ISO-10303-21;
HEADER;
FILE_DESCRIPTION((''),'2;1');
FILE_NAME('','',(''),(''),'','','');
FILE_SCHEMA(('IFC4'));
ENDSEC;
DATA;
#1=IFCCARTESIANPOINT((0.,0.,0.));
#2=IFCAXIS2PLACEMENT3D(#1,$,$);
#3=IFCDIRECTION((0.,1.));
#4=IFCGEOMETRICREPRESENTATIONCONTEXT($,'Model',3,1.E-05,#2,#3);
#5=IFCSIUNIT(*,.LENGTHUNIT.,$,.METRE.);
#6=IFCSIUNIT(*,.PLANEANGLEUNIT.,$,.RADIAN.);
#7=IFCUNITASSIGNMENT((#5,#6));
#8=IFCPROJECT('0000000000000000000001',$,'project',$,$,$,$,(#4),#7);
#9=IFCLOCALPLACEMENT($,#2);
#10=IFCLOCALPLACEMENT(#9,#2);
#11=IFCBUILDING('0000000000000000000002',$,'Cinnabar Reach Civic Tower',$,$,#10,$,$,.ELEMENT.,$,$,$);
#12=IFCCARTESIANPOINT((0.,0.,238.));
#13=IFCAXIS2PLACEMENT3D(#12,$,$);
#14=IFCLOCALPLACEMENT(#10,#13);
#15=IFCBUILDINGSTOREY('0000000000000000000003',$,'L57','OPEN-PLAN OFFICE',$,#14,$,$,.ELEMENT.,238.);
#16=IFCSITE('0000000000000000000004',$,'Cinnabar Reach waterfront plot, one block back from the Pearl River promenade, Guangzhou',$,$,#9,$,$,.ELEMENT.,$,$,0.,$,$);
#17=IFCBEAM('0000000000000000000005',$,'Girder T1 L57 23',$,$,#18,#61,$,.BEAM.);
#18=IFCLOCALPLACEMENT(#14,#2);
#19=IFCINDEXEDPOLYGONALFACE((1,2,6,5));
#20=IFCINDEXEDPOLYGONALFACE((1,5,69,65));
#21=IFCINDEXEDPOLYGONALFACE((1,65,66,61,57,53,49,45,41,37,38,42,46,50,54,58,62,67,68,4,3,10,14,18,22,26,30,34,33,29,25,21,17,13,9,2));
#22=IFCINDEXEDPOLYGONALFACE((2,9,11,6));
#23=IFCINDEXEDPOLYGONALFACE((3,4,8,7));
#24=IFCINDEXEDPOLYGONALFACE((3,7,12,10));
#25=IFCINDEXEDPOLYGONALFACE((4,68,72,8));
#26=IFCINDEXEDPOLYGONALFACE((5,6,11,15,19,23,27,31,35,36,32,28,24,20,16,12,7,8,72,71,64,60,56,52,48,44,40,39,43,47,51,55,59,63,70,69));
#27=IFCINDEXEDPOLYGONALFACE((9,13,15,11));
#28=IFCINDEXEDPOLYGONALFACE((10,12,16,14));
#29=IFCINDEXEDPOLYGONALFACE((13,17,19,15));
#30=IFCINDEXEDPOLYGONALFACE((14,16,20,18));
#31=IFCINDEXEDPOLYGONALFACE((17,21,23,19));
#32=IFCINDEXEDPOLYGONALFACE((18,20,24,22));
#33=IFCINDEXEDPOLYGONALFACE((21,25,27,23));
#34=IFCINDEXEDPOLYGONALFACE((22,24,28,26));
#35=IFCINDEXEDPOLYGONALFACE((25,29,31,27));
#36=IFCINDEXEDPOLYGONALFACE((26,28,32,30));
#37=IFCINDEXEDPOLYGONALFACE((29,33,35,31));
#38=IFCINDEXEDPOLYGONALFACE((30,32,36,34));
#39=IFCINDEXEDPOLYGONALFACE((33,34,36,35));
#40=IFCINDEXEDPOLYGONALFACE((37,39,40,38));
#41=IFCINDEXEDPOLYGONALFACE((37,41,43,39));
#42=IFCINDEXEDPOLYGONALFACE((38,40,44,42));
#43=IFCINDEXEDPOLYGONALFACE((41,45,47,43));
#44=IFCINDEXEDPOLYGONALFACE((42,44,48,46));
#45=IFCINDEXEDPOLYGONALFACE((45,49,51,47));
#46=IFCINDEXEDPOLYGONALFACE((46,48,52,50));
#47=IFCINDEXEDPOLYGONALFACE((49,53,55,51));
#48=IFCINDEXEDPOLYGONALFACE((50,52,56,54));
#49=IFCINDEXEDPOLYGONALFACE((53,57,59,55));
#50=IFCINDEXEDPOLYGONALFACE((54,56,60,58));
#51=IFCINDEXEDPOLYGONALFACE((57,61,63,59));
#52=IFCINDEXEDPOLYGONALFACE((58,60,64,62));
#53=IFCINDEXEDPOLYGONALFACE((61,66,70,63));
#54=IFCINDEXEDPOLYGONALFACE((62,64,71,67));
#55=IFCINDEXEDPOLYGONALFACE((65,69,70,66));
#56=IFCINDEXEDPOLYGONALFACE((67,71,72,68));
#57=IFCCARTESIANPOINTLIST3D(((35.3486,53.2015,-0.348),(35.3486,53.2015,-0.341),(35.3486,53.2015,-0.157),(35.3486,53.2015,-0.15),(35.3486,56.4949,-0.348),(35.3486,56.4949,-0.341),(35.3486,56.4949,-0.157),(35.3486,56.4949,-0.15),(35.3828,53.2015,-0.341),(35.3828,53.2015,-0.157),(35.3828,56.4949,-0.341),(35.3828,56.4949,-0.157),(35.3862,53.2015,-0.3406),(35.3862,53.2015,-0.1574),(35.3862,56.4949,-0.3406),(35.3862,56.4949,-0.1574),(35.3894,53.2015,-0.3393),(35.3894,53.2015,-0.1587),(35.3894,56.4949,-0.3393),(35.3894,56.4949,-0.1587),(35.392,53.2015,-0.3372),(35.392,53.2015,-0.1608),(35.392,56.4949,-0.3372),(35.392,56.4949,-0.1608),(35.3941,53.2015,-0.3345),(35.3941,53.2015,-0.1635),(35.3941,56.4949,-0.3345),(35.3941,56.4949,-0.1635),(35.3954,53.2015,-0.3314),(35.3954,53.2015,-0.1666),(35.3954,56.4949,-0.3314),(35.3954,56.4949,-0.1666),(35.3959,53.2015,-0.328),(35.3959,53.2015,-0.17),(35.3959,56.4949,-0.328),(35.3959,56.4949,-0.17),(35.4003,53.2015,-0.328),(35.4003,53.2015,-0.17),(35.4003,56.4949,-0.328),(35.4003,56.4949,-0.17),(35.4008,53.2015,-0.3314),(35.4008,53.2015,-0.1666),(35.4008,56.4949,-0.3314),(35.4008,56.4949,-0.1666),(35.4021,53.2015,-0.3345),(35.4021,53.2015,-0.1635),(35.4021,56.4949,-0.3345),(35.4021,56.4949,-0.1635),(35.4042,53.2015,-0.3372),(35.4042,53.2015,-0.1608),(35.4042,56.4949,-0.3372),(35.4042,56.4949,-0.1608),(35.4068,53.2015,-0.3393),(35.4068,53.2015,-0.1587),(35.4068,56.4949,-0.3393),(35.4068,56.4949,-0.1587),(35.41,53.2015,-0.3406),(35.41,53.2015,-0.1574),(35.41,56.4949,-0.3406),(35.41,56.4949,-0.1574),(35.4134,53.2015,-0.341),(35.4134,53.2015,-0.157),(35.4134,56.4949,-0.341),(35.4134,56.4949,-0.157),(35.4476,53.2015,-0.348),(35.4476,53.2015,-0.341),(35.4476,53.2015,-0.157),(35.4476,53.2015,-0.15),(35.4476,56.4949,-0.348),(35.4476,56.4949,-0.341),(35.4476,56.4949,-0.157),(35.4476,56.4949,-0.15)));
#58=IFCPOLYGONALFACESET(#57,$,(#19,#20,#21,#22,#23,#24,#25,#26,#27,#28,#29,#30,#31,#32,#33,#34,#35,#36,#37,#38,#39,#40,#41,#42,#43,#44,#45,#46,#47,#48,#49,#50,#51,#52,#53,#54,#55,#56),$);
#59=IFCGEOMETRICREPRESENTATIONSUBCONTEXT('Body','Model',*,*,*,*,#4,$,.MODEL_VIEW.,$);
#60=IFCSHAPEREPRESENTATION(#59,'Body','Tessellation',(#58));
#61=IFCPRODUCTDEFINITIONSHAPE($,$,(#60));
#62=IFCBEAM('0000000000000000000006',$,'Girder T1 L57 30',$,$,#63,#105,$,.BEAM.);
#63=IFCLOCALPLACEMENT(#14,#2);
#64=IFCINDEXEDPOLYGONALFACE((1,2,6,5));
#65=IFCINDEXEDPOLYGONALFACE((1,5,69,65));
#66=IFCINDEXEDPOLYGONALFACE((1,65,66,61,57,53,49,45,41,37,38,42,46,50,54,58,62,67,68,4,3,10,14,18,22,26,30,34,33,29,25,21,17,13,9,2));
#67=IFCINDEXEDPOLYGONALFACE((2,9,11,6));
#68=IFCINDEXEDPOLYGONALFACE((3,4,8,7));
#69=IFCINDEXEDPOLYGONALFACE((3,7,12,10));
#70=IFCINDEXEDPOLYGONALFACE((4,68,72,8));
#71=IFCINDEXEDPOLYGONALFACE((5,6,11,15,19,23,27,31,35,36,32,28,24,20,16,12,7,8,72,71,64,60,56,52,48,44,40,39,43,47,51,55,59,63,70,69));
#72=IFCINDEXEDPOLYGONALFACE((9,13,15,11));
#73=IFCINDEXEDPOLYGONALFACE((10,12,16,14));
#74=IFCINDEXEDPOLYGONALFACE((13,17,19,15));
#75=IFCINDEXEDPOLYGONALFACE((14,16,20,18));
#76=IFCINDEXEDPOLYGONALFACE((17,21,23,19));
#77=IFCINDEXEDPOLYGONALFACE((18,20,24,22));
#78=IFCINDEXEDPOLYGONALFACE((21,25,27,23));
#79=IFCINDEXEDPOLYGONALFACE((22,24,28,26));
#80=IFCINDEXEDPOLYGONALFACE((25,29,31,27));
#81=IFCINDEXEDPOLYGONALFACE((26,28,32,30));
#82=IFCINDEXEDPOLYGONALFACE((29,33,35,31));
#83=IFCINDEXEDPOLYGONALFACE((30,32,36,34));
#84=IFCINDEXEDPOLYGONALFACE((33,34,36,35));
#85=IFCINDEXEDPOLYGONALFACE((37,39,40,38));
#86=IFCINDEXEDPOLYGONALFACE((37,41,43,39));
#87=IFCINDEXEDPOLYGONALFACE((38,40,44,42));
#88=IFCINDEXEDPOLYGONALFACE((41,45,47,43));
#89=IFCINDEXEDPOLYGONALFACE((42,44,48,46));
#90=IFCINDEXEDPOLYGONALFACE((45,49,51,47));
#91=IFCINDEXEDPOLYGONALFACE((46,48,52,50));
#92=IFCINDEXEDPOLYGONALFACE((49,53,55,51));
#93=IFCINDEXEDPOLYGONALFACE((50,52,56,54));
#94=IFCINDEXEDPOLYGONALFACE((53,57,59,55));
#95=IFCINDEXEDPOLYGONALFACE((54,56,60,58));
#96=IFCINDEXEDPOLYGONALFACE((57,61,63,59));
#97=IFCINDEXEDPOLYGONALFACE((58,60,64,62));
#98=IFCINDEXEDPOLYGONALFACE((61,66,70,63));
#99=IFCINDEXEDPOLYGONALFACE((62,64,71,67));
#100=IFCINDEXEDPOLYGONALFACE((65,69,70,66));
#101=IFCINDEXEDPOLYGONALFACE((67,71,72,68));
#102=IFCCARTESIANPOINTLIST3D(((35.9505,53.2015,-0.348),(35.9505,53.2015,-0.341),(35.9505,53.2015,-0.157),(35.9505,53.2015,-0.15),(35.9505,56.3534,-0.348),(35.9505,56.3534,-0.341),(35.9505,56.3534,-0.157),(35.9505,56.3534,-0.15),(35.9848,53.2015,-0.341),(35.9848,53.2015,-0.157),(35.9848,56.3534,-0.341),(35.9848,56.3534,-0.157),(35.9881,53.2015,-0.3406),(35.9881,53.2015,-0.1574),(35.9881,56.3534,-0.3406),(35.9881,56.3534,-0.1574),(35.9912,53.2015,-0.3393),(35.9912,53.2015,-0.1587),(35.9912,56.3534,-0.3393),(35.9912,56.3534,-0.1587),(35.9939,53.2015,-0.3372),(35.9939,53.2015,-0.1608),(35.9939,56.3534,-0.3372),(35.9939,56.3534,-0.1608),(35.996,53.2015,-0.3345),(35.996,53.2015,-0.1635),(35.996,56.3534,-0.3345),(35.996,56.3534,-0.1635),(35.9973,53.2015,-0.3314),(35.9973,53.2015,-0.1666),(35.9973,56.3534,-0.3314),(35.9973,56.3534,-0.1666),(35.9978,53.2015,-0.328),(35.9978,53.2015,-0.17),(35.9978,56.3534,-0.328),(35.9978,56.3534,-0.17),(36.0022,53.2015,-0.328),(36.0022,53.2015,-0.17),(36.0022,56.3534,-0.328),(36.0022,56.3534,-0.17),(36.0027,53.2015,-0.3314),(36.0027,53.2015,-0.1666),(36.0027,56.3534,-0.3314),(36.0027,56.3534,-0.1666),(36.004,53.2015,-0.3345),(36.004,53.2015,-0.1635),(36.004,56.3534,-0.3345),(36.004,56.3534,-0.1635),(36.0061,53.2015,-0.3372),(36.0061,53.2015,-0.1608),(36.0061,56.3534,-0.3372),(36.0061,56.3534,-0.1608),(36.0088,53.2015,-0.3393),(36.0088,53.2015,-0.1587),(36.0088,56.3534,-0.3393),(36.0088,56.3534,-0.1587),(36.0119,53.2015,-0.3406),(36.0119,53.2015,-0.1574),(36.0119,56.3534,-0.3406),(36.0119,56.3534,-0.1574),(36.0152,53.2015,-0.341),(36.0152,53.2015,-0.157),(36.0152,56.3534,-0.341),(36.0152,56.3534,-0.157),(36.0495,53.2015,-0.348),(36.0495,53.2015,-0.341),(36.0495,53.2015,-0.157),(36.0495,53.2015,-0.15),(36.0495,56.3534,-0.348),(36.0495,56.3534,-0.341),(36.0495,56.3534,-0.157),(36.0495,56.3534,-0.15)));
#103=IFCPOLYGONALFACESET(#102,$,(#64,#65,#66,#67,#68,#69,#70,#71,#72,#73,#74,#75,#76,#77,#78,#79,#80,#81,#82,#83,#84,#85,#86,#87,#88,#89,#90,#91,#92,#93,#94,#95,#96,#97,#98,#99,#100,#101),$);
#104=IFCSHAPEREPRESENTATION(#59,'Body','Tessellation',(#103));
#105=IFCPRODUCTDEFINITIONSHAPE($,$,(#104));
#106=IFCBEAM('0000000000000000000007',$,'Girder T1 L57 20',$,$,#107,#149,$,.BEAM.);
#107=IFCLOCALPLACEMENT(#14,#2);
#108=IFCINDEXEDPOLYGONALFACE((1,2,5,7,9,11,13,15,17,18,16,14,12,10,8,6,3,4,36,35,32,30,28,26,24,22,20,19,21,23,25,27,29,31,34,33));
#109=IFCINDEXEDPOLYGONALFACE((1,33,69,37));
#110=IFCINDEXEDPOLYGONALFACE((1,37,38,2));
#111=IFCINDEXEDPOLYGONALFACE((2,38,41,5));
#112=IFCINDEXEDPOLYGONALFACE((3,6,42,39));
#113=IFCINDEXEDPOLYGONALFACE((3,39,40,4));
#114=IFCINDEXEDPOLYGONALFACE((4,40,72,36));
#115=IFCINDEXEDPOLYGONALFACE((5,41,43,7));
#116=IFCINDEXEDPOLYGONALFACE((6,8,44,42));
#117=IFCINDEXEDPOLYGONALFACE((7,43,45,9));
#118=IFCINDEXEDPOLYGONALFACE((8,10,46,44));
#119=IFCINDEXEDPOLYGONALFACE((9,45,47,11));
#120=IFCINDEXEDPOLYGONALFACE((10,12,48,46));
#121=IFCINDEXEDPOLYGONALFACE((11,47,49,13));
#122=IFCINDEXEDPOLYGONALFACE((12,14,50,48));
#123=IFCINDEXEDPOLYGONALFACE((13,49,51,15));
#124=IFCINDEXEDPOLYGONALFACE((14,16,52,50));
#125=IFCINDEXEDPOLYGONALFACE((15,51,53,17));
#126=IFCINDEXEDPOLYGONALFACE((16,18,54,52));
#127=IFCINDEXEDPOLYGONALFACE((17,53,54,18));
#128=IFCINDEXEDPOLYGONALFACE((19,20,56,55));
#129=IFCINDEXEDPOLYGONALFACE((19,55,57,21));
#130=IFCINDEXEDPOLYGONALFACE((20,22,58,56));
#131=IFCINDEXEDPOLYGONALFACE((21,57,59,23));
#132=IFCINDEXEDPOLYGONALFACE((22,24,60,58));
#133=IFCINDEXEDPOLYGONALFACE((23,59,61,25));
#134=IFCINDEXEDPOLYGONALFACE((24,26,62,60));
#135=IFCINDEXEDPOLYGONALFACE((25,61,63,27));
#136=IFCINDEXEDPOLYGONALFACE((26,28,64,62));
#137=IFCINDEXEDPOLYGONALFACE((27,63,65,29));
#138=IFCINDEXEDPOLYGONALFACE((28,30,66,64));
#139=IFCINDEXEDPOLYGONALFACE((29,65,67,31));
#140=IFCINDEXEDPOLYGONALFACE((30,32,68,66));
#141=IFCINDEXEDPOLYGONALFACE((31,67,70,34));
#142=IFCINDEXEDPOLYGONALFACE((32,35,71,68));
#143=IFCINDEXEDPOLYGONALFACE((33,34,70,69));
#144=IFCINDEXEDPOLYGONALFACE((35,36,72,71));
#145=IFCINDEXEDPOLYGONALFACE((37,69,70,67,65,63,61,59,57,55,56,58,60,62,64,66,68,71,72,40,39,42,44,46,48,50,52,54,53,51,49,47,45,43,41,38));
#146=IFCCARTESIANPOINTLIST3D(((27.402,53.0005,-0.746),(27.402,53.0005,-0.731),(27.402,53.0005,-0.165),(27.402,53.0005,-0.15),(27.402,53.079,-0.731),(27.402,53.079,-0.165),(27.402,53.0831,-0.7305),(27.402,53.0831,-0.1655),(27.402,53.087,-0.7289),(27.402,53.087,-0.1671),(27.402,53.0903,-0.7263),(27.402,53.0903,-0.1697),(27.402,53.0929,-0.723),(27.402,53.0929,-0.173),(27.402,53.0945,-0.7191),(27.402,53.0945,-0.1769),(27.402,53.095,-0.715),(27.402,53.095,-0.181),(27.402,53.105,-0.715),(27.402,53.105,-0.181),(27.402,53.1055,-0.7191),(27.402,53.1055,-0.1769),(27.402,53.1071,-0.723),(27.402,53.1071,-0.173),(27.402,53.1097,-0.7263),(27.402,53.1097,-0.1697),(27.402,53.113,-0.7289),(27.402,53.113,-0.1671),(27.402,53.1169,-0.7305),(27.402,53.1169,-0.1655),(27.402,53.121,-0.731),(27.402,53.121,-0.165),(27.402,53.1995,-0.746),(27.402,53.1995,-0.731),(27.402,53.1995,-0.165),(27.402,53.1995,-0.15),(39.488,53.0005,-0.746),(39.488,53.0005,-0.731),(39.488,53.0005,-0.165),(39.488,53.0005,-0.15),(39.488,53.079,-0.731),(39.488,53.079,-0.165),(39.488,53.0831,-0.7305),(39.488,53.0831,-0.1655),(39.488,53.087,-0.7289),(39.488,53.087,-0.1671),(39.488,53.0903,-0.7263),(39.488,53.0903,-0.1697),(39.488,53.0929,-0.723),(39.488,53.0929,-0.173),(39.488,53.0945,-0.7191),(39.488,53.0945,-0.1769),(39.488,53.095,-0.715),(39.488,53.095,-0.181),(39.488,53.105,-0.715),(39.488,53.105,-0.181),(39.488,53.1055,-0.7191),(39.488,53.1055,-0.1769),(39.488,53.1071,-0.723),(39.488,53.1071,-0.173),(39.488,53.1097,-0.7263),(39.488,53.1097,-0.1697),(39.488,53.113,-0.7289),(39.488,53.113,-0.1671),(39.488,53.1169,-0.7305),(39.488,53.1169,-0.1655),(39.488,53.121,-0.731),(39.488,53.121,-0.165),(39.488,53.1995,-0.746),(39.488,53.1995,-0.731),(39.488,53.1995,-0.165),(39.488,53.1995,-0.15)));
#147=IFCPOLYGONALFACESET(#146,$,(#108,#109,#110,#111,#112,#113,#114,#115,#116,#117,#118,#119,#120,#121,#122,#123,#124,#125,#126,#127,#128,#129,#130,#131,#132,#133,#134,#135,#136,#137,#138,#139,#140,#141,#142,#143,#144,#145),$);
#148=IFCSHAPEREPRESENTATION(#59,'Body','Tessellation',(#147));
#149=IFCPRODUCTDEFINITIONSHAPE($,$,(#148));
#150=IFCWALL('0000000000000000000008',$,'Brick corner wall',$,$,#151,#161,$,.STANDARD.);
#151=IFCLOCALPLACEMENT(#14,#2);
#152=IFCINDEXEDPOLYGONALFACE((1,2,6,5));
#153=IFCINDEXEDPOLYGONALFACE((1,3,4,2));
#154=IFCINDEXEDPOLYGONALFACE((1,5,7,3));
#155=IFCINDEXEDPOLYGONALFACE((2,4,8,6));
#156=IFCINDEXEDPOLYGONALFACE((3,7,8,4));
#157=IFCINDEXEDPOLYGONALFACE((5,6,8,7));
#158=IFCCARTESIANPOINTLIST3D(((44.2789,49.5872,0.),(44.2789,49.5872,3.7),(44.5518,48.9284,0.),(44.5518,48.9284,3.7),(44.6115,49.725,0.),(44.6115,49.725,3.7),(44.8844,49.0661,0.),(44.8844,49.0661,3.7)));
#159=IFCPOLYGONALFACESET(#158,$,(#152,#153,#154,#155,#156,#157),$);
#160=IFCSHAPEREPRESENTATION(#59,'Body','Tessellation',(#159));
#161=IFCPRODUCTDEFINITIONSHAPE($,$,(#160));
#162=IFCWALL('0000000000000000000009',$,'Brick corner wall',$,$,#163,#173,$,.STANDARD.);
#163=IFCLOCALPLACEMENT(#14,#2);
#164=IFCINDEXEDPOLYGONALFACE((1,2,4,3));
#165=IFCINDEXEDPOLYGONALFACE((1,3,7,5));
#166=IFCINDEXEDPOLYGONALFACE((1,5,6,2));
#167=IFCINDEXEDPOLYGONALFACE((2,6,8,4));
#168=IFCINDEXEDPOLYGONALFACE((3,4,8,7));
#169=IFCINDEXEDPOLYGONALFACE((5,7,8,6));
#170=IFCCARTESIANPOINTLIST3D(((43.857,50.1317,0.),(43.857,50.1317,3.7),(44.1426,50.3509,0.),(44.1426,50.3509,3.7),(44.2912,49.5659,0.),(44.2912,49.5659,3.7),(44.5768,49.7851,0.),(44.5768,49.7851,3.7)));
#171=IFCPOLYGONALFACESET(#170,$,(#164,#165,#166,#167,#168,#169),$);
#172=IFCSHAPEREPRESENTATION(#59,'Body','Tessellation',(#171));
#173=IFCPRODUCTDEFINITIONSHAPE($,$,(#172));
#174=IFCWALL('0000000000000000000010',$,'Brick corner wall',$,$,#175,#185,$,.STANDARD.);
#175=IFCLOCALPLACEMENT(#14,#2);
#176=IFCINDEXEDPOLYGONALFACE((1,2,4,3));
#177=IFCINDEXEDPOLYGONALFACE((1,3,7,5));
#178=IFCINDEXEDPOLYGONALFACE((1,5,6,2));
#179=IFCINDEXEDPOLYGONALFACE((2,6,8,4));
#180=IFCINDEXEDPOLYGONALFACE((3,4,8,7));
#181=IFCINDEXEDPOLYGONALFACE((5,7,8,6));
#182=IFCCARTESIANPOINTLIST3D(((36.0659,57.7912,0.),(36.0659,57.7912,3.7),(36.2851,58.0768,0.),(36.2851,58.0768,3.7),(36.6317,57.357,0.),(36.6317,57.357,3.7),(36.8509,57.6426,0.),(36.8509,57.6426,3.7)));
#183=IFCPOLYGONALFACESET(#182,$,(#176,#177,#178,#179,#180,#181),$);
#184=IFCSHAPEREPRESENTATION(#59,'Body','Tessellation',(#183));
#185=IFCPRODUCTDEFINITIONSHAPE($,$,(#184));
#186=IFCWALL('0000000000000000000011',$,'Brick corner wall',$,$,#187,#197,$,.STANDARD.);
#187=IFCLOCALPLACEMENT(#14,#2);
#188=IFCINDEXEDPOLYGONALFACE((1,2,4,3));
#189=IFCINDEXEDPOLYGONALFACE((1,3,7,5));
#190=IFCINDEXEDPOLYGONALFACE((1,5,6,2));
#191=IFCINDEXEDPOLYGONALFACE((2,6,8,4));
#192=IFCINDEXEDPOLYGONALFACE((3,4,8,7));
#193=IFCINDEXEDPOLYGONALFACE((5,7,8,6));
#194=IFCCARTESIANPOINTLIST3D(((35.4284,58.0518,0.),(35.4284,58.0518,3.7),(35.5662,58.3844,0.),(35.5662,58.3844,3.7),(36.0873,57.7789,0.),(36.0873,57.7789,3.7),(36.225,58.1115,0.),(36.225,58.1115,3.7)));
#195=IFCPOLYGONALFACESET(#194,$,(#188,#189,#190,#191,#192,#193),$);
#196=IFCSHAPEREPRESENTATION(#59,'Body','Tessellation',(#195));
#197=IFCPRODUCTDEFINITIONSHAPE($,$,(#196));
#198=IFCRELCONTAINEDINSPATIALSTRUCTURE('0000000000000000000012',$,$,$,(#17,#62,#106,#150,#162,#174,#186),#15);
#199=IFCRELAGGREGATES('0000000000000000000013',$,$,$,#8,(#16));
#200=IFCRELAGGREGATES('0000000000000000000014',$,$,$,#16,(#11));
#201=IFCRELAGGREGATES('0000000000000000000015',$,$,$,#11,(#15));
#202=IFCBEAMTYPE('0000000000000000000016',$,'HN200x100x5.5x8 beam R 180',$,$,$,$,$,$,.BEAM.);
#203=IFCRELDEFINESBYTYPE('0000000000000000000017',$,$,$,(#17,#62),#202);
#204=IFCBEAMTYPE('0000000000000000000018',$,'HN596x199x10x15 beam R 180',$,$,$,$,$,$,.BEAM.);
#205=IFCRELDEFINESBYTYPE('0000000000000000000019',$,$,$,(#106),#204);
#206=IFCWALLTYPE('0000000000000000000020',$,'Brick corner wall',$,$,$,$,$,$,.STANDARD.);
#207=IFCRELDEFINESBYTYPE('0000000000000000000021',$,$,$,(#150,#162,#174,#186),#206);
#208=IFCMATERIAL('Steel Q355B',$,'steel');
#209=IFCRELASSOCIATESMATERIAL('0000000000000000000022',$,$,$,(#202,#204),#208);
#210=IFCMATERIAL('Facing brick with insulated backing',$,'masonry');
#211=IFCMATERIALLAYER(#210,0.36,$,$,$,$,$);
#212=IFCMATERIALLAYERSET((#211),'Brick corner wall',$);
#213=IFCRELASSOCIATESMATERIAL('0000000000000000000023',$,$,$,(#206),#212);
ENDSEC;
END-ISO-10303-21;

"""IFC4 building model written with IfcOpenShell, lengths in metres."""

from ifc_helpers import new_model, si_unit, direction, frame, frame_2d, origin, origin_2d, place, context, subcontext, project, spatial, rectangle, i_section, extrude, material, layer, layer_set, material_profile, profile_set, type_object, element, save


model = new_model("IFC4")

# Units and contexts
model_context = context("Model", 3, precision=1e-05, world=origin(), true_north=direction((0.0, 1.0)))
body_context = subcontext(model_context, "Body", "Model", "MODEL_VIEW")
ifc_project = project(units=[si_unit("LENGTHUNIT", "METRE"), si_unit("PLANEANGLEUNIT", "RADIAN")], contexts=[model_context])

# Site, building, storey
site_placement = place(None, origin())
site = spatial("IfcSite", under=ifc_project, at=site_placement, Name="Cinnabar Reach waterfront plot, one block back from the Pearl River promenade, Guangzhou", CompositionType="ELEMENT", RefElevation=0.0)
building_placement = place(site_placement, origin())
building = spatial("IfcBuilding", under=site, at=building_placement, Name="Cinnabar Reach Civic Tower", CompositionType="ELEMENT")
storey_placement = place(building_placement, frame((0.0, 0.0, 238.0)))
storey = spatial("IfcBuildingStorey", under=building, at=storey_placement, Name="L57", Description="OPEN-PLAN OFFICE", CompositionType="ELEMENT", Elevation=238.0)

# Beams
ifc_material_1 = material(Name="Steel Q355B", Category="steel")
ifc_material_profile_1 = material_profile(ifc_material_1, i_section(OverallWidth=0.099, OverallDepth=0.198, WebThickness=0.0045, FlangeThickness=0.007, FilletRadius=0.013, at=origin_2d()), Name="HN200x100x5.5x8")
ifc_profile_set_1 = profile_set([ifc_material_profile_1], Name="Steel Q355B")
beam_type_1 = type_object("IfcBeamType", Name="HN200x100x5.5x8 beam R 180", PredefinedType="BEAM", material=ifc_profile_set_1)
beam_1_placement = place(storey_placement, frame((35.3981, 53.2015, -0.249), z_axis=(0.0, 1.0, 0.0), x_axis=(-1.0, 0.0, 0.0)))
element("IfcBeam", 1, at=beam_1_placement, inside=storey, type_object=beam_type_1, Name="Girder T1 L57 23", PredefinedType="BEAM", context=body_context, shape_type="SweptSolid", body=[
    extrude(i_section(OverallWidth=0.099, OverallDepth=0.198, WebThickness=0.0045, FlangeThickness=0.007, FilletRadius=0.013, at=origin_2d()), origin(), (0.0, 0.0, 1.0), 3.2934),
])
beam_2_placement = place(storey_placement, frame((36.0, 53.2015, -0.249), z_axis=(0.0, 1.0, 0.0), x_axis=(-1.0, 0.0, 0.0)))
element("IfcBeam", 2, at=beam_2_placement, inside=storey, type_object=beam_type_1, Name="Girder T1 L57 30", PredefinedType="BEAM", context=body_context, shape_type="SweptSolid", body=[
    extrude(i_section(OverallWidth=0.099, OverallDepth=0.198, WebThickness=0.0045, FlangeThickness=0.007, FilletRadius=0.013, at=origin_2d()), origin(), (0.0, 0.0, 1.0), 3.1519),
])
ifc_material_profile_2 = material_profile(ifc_material_1, i_section(OverallWidth=0.199, OverallDepth=0.596, WebThickness=0.01, FlangeThickness=0.015, FilletRadius=0.016, at=origin_2d()), Name="HN596x199x10x15")
ifc_profile_set_2 = profile_set([ifc_material_profile_2], Name="Steel Q355B")
beam_type_2 = type_object("IfcBeamType", Name="HN596x199x10x15 beam R 180", PredefinedType="BEAM", material=ifc_profile_set_2)
beam_3_placement = place(storey_placement, frame((27.402, 53.1, -0.448), z_axis=(1.0, 0.0, 0.0), x_axis=(0.0, 1.0, 0.0)))
element("IfcBeam", 3, at=beam_3_placement, inside=storey, type_object=beam_type_2, Name="Girder T1 L57 20", PredefinedType="BEAM", context=body_context, shape_type="SweptSolid", body=[
    extrude(i_section(OverallWidth=0.199, OverallDepth=0.596, WebThickness=0.01, FlangeThickness=0.015, FilletRadius=0.016, at=origin_2d()), origin(), (0.0, 0.0, 1.0), 12.086),
])

# Walls
ifc_material_2 = material(Name="Facing brick with insulated backing", Category="masonry")
ifc_layer_1 = layer(ifc_material_2, 0.36)
ifc_layer_set_1 = layer_set([ifc_layer_1], Name="Brick corner wall")
wall_type_1 = type_object("IfcWallType", Name="Brick corner wall", PredefinedType="STANDARD", material=ifc_layer_set_1)
wall_1_placement = place(storey_placement, frame((44.7181, 48.9973, 0.0), z_axis=(0.0, 0.0, 1.0), x_axis=(-0.382703, 0.923872, 0.0)))
element("IfcWall", 4, at=wall_1_placement, inside=storey, type_object=wall_type_1, Name="Brick corner wall", PredefinedType="STANDARD", context=body_context, shape_type="SweptSolid", body=[
    extrude(rectangle(XDim=0.7131, YDim=0.36, at=frame_2d((0.3565, 0.0))), origin(), (0.0, 0.0, 1.0), 3.7),
])
for number, where, z_axis, x_axis, name in (
    (5, (44.434, 49.6755, 0.0), (0.0, 0.0, 1.0), (-0.608802, 0.793322, 0.0), "Brick corner wall"),
    (6, (36.7413, 57.4998, 0.0), (0.0, 0.0, 1.0), (-0.793322, 0.608802, 0.0), "Brick corner wall"),
):
    element("IfcWall", number, at=place(storey_placement, frame(where, z_axis=z_axis, x_axis=x_axis)), inside=storey, type_object=wall_type_1, Name=name, PredefinedType="STANDARD", context=body_context, shape_type="SweptSolid", body=[
        extrude(rectangle(XDim=0.7132, YDim=0.36, at=frame_2d((0.3566, 0.0))), origin(), (0.0, 0.0, 1.0), 3.7),
    ])
for number, where, z_axis, x_axis, name in (
    (7, (36.1561, 57.9452, 0.0), (0.0, 0.0, 1.0), (-0.923872, 0.382703, 0.0), "Brick corner wall"),
):
    element("IfcWall", number, at=place(storey_placement, frame(where, z_axis=z_axis, x_axis=x_axis)), inside=storey, type_object=wall_type_1, Name=name, PredefinedType="STANDARD", context=body_context, shape_type="SweptSolid", body=[
        extrude(rectangle(XDim=0.7131, YDim=0.36, at=frame_2d((0.3565, 0.0))), origin(), (0.0, 0.0, 1.0), 3.7),
    ])

save(model, "model.ifc")
